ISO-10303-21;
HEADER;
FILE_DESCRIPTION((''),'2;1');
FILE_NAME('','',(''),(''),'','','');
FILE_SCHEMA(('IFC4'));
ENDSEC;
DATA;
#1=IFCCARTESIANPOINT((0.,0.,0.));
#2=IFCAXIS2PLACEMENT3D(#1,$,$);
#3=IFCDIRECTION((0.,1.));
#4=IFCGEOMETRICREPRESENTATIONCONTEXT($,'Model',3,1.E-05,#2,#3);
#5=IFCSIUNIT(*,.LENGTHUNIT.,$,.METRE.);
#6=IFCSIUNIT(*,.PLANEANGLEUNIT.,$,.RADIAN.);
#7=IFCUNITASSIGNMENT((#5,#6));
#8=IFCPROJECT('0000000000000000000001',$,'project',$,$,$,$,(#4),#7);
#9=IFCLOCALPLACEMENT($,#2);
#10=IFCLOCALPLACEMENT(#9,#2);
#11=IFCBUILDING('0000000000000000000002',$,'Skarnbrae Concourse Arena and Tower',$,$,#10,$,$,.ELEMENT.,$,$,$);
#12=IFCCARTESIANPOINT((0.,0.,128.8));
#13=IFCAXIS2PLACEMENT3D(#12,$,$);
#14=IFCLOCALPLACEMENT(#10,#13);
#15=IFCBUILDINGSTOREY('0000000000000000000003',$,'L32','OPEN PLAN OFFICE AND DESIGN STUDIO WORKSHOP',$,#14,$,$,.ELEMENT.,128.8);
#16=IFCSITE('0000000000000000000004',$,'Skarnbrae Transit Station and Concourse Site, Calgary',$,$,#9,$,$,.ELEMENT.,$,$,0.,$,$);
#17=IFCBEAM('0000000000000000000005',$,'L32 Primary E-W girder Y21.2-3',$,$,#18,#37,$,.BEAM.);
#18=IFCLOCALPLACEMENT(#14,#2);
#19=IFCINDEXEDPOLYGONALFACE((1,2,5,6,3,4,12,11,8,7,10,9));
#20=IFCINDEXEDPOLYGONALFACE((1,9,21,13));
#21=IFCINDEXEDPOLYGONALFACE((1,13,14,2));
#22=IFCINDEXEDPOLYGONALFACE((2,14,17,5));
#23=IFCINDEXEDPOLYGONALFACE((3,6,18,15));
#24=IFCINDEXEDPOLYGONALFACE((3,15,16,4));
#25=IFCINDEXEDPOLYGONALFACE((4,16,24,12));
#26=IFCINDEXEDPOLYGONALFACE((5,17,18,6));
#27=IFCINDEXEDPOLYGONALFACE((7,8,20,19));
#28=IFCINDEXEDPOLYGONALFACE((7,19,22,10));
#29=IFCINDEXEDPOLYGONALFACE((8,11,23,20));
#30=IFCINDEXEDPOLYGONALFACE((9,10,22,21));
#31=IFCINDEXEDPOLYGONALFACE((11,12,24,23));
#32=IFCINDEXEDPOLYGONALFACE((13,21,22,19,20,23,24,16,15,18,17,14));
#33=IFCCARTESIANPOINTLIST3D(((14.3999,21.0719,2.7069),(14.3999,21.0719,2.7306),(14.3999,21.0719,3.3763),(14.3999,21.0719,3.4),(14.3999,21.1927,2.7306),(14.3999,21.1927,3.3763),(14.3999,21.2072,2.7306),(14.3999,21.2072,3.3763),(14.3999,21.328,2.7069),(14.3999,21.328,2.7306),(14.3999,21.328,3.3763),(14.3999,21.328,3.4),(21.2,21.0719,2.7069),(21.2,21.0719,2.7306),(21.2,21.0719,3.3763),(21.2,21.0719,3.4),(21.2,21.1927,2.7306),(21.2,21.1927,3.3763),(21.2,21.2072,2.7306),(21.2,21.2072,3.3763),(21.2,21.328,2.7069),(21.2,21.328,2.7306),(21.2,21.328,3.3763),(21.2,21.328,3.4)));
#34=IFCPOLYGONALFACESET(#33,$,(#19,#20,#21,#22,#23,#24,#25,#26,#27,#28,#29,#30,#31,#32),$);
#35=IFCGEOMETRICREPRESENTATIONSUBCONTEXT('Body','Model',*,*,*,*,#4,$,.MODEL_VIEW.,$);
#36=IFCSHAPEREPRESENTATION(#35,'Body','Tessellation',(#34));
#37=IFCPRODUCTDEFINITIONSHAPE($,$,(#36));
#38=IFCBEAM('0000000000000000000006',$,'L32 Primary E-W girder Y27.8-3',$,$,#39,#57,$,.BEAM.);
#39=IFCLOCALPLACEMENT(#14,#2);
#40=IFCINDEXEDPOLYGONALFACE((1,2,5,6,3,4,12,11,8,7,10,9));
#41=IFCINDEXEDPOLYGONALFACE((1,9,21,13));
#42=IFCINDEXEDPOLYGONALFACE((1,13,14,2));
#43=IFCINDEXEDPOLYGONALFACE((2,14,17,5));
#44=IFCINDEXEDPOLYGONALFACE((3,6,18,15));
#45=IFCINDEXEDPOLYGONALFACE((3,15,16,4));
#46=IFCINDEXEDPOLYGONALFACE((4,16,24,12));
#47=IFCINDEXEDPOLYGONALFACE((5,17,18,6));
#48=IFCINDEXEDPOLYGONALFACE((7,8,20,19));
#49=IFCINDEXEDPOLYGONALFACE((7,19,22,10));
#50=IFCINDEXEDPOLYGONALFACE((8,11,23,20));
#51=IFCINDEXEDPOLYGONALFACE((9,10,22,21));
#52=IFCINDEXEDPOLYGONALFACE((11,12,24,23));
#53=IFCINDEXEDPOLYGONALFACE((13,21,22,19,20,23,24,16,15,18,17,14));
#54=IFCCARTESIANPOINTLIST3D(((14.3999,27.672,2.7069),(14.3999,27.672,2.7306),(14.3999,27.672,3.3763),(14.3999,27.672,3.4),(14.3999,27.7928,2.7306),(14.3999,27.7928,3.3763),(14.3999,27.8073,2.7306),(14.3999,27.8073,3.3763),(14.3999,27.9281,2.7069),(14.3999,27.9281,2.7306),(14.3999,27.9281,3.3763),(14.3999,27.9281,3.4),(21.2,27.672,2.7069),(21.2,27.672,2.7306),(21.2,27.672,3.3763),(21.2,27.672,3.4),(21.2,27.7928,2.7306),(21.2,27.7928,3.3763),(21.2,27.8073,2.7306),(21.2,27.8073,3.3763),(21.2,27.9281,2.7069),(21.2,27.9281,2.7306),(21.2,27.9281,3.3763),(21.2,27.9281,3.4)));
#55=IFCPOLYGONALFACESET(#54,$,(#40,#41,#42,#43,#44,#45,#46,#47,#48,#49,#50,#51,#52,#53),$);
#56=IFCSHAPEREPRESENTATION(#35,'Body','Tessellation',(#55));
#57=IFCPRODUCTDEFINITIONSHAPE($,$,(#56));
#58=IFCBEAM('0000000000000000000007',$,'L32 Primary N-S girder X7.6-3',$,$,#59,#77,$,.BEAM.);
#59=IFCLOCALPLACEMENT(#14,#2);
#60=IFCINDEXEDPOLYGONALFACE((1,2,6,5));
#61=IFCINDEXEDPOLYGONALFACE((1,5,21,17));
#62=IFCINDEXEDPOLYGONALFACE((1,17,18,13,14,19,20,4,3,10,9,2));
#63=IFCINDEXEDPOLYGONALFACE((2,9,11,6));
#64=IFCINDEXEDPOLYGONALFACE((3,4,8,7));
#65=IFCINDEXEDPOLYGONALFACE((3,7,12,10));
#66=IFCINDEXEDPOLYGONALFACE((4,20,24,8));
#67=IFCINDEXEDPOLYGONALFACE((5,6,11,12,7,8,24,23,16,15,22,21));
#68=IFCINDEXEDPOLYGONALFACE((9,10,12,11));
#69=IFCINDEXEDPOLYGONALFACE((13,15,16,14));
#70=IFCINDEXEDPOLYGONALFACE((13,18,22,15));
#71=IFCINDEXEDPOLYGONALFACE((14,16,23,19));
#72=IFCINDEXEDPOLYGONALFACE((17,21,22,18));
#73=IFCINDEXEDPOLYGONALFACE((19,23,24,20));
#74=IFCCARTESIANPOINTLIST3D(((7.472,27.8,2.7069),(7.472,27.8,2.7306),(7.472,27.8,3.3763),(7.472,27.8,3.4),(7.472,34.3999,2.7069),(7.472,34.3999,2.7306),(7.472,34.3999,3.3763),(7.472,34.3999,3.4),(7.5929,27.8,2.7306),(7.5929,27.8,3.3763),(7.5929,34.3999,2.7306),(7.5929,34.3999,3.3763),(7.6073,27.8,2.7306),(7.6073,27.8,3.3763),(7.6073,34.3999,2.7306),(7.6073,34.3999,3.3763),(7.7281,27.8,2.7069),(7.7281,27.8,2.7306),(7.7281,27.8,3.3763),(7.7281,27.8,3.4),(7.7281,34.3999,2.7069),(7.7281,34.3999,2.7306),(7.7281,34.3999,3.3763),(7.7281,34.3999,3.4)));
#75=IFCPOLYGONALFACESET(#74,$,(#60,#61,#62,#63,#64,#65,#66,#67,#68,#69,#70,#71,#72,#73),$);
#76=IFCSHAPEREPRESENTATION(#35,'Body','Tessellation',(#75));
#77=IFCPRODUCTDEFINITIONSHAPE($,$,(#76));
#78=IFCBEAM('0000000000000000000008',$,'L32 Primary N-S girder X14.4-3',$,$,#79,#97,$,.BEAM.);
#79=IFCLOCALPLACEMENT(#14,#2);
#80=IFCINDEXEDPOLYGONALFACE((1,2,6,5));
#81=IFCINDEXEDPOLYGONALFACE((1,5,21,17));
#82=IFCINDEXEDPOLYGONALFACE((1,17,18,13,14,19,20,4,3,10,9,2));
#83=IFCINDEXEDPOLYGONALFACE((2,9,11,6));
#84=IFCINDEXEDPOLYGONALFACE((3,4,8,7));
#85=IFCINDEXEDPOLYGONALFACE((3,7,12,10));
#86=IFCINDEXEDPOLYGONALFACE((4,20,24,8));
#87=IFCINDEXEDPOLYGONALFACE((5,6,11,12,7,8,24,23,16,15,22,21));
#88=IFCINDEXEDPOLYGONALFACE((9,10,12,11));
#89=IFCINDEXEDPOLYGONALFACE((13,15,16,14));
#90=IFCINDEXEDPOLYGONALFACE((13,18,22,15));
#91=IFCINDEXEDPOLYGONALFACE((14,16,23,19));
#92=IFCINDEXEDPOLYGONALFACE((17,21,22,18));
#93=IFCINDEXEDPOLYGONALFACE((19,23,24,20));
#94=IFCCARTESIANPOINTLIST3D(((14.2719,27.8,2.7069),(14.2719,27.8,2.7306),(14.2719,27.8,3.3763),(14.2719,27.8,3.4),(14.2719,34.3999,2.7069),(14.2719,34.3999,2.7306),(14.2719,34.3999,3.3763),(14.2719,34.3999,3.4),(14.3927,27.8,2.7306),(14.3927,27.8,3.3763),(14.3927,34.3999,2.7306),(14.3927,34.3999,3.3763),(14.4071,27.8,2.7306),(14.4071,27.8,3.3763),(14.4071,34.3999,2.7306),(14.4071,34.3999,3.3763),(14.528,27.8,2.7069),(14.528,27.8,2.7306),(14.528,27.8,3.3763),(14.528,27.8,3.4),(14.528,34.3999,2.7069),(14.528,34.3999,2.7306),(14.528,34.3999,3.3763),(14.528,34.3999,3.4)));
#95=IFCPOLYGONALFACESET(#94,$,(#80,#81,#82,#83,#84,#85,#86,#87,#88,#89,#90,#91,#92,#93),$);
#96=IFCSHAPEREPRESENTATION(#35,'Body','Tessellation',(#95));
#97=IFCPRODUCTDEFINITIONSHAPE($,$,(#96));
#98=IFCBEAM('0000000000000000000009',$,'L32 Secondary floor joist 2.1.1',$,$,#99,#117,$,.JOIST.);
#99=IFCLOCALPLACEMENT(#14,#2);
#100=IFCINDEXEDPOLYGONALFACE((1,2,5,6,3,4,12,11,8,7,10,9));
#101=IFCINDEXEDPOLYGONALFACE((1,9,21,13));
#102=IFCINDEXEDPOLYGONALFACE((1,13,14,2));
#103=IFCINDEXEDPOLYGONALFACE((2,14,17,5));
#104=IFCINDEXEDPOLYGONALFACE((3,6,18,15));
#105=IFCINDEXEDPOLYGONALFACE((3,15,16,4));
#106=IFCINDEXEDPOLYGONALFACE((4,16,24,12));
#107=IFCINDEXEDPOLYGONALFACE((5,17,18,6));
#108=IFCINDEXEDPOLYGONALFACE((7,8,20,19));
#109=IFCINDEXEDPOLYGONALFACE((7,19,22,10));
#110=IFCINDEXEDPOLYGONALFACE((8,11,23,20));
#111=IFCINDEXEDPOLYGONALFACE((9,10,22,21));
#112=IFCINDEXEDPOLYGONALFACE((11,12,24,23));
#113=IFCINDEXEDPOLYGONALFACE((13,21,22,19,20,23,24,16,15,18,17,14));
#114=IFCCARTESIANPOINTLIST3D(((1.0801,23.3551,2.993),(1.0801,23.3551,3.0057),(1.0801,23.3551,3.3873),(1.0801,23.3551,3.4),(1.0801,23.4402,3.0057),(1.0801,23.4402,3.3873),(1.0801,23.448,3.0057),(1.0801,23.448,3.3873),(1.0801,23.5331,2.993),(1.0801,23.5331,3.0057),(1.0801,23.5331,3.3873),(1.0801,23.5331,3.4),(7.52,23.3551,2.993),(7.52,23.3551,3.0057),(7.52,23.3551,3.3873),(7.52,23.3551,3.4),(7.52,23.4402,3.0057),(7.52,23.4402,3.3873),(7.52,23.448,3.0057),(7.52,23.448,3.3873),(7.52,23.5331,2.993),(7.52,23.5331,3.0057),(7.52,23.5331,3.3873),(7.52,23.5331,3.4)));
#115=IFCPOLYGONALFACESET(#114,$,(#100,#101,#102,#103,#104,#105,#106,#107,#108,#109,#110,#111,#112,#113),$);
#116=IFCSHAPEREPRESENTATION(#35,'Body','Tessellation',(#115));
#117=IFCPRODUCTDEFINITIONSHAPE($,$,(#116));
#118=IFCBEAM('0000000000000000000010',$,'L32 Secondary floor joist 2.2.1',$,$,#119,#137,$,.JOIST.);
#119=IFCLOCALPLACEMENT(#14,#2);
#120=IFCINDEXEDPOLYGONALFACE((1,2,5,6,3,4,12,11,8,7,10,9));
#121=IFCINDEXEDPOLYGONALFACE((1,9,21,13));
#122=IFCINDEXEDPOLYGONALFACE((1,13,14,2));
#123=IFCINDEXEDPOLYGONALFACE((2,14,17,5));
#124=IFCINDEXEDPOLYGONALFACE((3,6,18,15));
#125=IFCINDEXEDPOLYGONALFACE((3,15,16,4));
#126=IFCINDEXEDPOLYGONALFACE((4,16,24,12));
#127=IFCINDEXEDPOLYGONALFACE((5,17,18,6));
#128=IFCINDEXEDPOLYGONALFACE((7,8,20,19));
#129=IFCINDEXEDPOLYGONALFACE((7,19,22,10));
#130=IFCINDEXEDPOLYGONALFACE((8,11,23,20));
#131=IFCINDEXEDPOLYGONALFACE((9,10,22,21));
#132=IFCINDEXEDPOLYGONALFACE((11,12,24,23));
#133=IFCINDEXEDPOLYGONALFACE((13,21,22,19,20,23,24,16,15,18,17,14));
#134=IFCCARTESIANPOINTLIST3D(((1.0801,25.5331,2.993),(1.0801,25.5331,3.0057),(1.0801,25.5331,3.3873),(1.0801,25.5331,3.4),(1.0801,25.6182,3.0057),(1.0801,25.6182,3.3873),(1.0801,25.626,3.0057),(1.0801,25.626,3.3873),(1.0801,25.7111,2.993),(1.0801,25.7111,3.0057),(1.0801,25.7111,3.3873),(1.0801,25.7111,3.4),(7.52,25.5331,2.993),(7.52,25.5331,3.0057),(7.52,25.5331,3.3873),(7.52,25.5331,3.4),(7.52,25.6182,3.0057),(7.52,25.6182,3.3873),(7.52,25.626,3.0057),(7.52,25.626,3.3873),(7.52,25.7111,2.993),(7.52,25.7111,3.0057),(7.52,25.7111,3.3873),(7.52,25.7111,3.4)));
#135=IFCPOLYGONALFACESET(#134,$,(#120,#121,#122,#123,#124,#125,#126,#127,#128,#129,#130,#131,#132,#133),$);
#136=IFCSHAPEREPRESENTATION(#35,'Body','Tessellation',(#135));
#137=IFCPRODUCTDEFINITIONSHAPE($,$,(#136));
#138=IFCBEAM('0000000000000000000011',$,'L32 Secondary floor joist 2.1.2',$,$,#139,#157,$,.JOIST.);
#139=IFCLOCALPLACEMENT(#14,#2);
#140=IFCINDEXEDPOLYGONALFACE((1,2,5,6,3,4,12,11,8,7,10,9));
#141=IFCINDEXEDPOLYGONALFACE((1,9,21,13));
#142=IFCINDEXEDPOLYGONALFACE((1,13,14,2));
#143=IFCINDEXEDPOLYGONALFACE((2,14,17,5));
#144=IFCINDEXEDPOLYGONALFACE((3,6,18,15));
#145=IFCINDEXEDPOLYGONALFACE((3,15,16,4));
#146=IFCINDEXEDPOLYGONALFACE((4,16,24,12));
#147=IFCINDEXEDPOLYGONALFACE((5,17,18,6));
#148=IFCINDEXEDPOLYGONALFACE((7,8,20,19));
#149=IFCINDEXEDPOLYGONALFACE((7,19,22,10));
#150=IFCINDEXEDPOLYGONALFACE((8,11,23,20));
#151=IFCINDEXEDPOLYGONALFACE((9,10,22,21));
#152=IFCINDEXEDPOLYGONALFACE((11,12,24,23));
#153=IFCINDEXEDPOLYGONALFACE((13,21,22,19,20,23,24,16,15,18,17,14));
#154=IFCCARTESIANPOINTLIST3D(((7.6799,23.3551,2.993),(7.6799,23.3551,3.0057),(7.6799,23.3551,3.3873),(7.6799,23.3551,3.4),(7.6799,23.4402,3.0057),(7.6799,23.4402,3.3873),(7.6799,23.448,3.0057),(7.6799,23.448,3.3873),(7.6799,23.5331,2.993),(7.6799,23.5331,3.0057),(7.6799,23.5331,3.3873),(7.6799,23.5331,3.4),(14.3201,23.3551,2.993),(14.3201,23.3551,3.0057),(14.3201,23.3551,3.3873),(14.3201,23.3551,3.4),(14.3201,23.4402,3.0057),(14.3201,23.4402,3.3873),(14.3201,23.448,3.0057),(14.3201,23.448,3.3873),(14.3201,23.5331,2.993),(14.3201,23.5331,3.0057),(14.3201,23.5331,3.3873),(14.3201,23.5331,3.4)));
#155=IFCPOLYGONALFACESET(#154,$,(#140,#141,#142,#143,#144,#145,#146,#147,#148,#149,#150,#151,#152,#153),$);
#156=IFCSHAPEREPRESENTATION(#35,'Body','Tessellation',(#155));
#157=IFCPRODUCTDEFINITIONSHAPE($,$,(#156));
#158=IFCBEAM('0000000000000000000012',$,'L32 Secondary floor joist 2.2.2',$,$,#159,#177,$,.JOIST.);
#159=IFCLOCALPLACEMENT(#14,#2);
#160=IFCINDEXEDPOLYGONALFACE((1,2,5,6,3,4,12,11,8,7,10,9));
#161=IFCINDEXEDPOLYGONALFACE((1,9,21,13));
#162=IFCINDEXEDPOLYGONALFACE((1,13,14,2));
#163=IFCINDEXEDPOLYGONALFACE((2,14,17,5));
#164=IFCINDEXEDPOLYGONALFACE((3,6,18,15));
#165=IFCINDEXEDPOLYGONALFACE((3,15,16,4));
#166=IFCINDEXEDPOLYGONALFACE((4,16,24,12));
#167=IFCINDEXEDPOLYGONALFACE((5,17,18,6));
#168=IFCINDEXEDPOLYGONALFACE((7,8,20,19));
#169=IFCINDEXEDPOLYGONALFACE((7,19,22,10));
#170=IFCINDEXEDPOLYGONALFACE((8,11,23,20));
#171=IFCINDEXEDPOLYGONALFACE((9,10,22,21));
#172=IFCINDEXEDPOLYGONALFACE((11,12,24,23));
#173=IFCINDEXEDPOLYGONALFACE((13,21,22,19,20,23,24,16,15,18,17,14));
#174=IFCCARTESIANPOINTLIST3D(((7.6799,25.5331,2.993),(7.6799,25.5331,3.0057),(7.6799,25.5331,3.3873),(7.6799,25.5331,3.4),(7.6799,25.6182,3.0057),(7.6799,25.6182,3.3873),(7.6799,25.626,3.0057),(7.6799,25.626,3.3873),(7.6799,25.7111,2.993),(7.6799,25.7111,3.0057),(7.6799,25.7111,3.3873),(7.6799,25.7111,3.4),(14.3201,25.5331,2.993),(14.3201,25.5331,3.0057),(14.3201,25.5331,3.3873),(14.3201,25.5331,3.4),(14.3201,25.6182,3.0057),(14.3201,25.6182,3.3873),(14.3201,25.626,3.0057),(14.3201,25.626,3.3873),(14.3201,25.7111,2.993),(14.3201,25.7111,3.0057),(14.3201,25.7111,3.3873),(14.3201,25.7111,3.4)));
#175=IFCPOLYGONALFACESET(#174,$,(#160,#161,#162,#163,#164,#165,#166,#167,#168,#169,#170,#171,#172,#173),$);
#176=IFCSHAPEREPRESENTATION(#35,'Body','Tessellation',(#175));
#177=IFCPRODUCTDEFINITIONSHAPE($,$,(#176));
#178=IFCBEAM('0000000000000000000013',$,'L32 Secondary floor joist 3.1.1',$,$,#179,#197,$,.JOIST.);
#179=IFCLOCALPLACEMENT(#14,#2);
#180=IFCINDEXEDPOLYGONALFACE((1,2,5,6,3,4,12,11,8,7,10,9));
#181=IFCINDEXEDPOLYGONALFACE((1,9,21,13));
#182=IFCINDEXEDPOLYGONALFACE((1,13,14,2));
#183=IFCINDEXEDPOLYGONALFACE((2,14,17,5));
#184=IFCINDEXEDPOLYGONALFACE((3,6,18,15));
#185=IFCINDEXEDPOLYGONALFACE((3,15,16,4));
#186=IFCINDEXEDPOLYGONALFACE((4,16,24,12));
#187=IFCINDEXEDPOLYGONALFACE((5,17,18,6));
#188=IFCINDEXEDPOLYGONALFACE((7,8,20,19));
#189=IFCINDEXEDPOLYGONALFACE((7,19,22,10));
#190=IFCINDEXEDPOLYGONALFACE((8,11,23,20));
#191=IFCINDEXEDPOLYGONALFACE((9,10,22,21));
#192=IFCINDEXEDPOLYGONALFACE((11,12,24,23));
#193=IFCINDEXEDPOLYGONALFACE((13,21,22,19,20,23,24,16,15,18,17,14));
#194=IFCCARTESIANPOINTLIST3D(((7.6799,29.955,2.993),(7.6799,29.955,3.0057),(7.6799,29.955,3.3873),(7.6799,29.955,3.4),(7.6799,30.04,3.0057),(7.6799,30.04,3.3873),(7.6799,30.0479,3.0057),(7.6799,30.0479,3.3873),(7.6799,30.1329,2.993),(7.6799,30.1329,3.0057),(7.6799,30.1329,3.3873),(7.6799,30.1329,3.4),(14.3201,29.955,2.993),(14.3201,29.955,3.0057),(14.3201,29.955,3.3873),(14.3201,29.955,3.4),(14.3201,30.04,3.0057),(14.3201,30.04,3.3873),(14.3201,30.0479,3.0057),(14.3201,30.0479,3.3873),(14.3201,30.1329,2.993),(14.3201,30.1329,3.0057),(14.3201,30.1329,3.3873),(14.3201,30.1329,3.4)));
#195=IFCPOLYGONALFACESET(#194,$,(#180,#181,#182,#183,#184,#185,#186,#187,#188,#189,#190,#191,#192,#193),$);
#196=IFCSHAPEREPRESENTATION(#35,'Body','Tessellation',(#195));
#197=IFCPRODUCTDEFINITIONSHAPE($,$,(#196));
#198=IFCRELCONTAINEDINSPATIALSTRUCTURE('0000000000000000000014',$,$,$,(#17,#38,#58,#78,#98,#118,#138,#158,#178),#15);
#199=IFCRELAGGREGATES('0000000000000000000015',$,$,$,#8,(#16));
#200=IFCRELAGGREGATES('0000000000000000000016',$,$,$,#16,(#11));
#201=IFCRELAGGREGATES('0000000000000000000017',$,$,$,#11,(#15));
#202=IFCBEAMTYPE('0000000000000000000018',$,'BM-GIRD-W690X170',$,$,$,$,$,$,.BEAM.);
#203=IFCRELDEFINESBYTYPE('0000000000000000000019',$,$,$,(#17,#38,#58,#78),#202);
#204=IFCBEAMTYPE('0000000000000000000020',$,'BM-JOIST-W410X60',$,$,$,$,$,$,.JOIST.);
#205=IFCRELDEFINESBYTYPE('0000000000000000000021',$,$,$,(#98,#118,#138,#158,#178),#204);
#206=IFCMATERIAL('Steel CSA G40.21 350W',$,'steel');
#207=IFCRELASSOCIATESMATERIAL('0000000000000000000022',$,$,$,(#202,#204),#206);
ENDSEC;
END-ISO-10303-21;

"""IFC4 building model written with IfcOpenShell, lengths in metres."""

from ifc_helpers import new_model, si_unit, direction, frame, origin, origin_2d, place, context, subcontext, project, spatial, i_section, extrude, source, transform, mapped, material, material_profile, profile_set, type_object, element, save


model = new_model("IFC4")

# Units and contexts
model_context = context("Model", 3, precision=1e-05, world=origin(), true_north=direction((0.0, 1.0)))
body_context = subcontext(model_context, "Body", "Model", "MODEL_VIEW")
ifc_project = project(units=[si_unit("LENGTHUNIT", "METRE"), si_unit("PLANEANGLEUNIT", "RADIAN")], contexts=[model_context])

# Site, building, storey
site_placement = place(None, origin())
site = spatial("IfcSite", under=ifc_project, at=site_placement, Name="Skarnbrae Transit Station and Concourse Site, Calgary", CompositionType="ELEMENT", RefElevation=0.0)
building_placement = place(site_placement, origin())
building = spatial("IfcBuilding", under=site, at=building_placement, Name="Skarnbrae Concourse Arena and Tower", CompositionType="ELEMENT")
storey_placement = place(building_placement, frame((0.0, 0.0, 128.8)))
storey = spatial("IfcBuildingStorey", under=building, at=storey_placement, Name="L32", Description="OPEN PLAN OFFICE AND DESIGN STUDIO WORKSHOP", CompositionType="ELEMENT", Elevation=128.8)

# Shared definitions
ifc_material_1 = material(Name="Steel CSA G40.21 350W", Category="steel")

# Beams
ifc_material_profile_1 = material_profile(ifc_material_1, i_section(OverallWidth=0.2561, OverallDepth=0.6931, WebThickness=0.0144, FlangeThickness=0.0237, at=origin_2d()), Name="W690X170")
ifc_profile_set_1 = profile_set([ifc_material_profile_1], Name="Steel CSA G40.21 350W")
beam_type_1 = type_object("IfcBeamType", Name="BM-GIRD-W690X170", PredefinedType="BEAM", material=ifc_profile_set_1)
shared_shape_1 = source(origin(), body_context, "Body", "SweptSolid", [
    extrude(i_section(OverallWidth=0.2561, OverallDepth=0.6931, WebThickness=0.0144, FlangeThickness=0.0237, at=origin_2d()), origin(), (0.0, 0.0, 1.0), 6.8),
])
for number, where, z_axis, x_axis, name in (
    (1, (14.3999, 21.2, 3.0535), (1.0, 0.0, 0.0), (0.0, 1.0, 0.0), "L32 Primary E-W girder Y21.2-3"),
    (2, (14.3999, 27.8, 3.0535), (1.0, 0.0, 0.0), (0.0, 1.0, 0.0), "L32 Primary E-W girder Y27.8-3"),
):
    element("IfcBeam", number, at=place(storey_placement, frame(where, z_axis=z_axis, x_axis=x_axis)), inside=storey, type_object=beam_type_1, Name=name, PredefinedType="BEAM", context=body_context, shape_type="MappedRepresentation", body=[
        mapped(shared_shape_1, transform((0.0, 0.0, 0.0))),
    ])
shared_shape_2 = source(origin(), body_context, "Body", "SweptSolid", [
    extrude(i_section(OverallWidth=0.2561, OverallDepth=0.6931, WebThickness=0.0144, FlangeThickness=0.0237, at=origin_2d()), origin(), (0.0, 0.0, 1.0), 6.5999),
])
for number, where, z_axis, x_axis, name in (
    (3, (7.6001, 27.8, 3.0535), (0.0, 1.0, 0.0), (-1.0, 0.0, 0.0), "L32 Primary N-S girder X7.6-3"),
    (4, (14.3999, 27.8, 3.0535), (0.0, 1.0, 0.0), (-1.0, 0.0, 0.0), "L32 Primary N-S girder X14.4-3"),
):
    element("IfcBeam", number, at=place(storey_placement, frame(where, z_axis=z_axis, x_axis=x_axis)), inside=storey, type_object=beam_type_1, Name=name, PredefinedType="BEAM", context=body_context, shape_type="MappedRepresentation", body=[
        mapped(shared_shape_2, transform((0.0, 0.0, 0.0))),
    ])
ifc_material_profile_2 = material_profile(ifc_material_1, i_section(OverallWidth=0.178, OverallDepth=0.407, WebThickness=0.0078, FlangeThickness=0.0127, at=origin_2d()), Name="W410X60")
ifc_profile_set_2 = profile_set([ifc_material_profile_2], Name="Steel CSA G40.21 350W")
beam_type_2 = type_object("IfcBeamType", Name="BM-JOIST-W410X60", PredefinedType="JOIST", material=ifc_profile_set_2)
shared_shape_3 = source(origin(), body_context, "Body", "SweptSolid", [
    extrude(i_section(OverallWidth=0.178, OverallDepth=0.407, WebThickness=0.0078, FlangeThickness=0.0127, at=origin_2d()), origin(), (0.0, 0.0, 1.0), 6.4399),
])
for number, where, z_axis, x_axis, name in (
    (5, (1.0801, 23.4441, 3.1965), (1.0, 0.0, 0.0), (0.0, 1.0, 0.0), "L32 Secondary floor joist 2.1.1"),
    (6, (1.0801, 25.6221, 3.1965), (1.0, 0.0, 0.0), (0.0, 1.0, 0.0), "L32 Secondary floor joist 2.2.1"),
):
    element("IfcBeam", number, at=place(storey_placement, frame(where, z_axis=z_axis, x_axis=x_axis)), inside=storey, type_object=beam_type_2, Name=name, PredefinedType="JOIST", context=body_context, shape_type="MappedRepresentation", body=[
        mapped(shared_shape_3, transform((0.0, 0.0, 0.0))),
    ])
shared_shape_4 = source(origin(), body_context, "Body", "SweptSolid", [
    extrude(i_section(OverallWidth=0.178, OverallDepth=0.407, WebThickness=0.0078, FlangeThickness=0.0127, at=origin_2d()), origin(), (0.0, 0.0, 1.0), 6.6401),
])
for number, where, z_axis, x_axis, name in (
    (7, (7.6799, 23.4441, 3.1965), (1.0, 0.0, 0.0), (0.0, 1.0, 0.0), "L32 Secondary floor joist 2.1.2"),
    (8, (7.6799, 25.6221, 3.1965), (1.0, 0.0, 0.0), (0.0, 1.0, 0.0), "L32 Secondary floor joist 2.2.2"),
    (9, (7.6799, 30.0439, 3.1965), (1.0, 0.0, 0.0), (0.0, 1.0, 0.0), "L32 Secondary floor joist 3.1.1"),
):
    element("IfcBeam", number, at=place(storey_placement, frame(where, z_axis=z_axis, x_axis=x_axis)), inside=storey, type_object=beam_type_2, Name=name, PredefinedType="JOIST", context=body_context, shape_type="MappedRepresentation", body=[
        mapped(shared_shape_4, transform((0.0, 0.0, 0.0))),
    ])

save(model, "model.ifc")
